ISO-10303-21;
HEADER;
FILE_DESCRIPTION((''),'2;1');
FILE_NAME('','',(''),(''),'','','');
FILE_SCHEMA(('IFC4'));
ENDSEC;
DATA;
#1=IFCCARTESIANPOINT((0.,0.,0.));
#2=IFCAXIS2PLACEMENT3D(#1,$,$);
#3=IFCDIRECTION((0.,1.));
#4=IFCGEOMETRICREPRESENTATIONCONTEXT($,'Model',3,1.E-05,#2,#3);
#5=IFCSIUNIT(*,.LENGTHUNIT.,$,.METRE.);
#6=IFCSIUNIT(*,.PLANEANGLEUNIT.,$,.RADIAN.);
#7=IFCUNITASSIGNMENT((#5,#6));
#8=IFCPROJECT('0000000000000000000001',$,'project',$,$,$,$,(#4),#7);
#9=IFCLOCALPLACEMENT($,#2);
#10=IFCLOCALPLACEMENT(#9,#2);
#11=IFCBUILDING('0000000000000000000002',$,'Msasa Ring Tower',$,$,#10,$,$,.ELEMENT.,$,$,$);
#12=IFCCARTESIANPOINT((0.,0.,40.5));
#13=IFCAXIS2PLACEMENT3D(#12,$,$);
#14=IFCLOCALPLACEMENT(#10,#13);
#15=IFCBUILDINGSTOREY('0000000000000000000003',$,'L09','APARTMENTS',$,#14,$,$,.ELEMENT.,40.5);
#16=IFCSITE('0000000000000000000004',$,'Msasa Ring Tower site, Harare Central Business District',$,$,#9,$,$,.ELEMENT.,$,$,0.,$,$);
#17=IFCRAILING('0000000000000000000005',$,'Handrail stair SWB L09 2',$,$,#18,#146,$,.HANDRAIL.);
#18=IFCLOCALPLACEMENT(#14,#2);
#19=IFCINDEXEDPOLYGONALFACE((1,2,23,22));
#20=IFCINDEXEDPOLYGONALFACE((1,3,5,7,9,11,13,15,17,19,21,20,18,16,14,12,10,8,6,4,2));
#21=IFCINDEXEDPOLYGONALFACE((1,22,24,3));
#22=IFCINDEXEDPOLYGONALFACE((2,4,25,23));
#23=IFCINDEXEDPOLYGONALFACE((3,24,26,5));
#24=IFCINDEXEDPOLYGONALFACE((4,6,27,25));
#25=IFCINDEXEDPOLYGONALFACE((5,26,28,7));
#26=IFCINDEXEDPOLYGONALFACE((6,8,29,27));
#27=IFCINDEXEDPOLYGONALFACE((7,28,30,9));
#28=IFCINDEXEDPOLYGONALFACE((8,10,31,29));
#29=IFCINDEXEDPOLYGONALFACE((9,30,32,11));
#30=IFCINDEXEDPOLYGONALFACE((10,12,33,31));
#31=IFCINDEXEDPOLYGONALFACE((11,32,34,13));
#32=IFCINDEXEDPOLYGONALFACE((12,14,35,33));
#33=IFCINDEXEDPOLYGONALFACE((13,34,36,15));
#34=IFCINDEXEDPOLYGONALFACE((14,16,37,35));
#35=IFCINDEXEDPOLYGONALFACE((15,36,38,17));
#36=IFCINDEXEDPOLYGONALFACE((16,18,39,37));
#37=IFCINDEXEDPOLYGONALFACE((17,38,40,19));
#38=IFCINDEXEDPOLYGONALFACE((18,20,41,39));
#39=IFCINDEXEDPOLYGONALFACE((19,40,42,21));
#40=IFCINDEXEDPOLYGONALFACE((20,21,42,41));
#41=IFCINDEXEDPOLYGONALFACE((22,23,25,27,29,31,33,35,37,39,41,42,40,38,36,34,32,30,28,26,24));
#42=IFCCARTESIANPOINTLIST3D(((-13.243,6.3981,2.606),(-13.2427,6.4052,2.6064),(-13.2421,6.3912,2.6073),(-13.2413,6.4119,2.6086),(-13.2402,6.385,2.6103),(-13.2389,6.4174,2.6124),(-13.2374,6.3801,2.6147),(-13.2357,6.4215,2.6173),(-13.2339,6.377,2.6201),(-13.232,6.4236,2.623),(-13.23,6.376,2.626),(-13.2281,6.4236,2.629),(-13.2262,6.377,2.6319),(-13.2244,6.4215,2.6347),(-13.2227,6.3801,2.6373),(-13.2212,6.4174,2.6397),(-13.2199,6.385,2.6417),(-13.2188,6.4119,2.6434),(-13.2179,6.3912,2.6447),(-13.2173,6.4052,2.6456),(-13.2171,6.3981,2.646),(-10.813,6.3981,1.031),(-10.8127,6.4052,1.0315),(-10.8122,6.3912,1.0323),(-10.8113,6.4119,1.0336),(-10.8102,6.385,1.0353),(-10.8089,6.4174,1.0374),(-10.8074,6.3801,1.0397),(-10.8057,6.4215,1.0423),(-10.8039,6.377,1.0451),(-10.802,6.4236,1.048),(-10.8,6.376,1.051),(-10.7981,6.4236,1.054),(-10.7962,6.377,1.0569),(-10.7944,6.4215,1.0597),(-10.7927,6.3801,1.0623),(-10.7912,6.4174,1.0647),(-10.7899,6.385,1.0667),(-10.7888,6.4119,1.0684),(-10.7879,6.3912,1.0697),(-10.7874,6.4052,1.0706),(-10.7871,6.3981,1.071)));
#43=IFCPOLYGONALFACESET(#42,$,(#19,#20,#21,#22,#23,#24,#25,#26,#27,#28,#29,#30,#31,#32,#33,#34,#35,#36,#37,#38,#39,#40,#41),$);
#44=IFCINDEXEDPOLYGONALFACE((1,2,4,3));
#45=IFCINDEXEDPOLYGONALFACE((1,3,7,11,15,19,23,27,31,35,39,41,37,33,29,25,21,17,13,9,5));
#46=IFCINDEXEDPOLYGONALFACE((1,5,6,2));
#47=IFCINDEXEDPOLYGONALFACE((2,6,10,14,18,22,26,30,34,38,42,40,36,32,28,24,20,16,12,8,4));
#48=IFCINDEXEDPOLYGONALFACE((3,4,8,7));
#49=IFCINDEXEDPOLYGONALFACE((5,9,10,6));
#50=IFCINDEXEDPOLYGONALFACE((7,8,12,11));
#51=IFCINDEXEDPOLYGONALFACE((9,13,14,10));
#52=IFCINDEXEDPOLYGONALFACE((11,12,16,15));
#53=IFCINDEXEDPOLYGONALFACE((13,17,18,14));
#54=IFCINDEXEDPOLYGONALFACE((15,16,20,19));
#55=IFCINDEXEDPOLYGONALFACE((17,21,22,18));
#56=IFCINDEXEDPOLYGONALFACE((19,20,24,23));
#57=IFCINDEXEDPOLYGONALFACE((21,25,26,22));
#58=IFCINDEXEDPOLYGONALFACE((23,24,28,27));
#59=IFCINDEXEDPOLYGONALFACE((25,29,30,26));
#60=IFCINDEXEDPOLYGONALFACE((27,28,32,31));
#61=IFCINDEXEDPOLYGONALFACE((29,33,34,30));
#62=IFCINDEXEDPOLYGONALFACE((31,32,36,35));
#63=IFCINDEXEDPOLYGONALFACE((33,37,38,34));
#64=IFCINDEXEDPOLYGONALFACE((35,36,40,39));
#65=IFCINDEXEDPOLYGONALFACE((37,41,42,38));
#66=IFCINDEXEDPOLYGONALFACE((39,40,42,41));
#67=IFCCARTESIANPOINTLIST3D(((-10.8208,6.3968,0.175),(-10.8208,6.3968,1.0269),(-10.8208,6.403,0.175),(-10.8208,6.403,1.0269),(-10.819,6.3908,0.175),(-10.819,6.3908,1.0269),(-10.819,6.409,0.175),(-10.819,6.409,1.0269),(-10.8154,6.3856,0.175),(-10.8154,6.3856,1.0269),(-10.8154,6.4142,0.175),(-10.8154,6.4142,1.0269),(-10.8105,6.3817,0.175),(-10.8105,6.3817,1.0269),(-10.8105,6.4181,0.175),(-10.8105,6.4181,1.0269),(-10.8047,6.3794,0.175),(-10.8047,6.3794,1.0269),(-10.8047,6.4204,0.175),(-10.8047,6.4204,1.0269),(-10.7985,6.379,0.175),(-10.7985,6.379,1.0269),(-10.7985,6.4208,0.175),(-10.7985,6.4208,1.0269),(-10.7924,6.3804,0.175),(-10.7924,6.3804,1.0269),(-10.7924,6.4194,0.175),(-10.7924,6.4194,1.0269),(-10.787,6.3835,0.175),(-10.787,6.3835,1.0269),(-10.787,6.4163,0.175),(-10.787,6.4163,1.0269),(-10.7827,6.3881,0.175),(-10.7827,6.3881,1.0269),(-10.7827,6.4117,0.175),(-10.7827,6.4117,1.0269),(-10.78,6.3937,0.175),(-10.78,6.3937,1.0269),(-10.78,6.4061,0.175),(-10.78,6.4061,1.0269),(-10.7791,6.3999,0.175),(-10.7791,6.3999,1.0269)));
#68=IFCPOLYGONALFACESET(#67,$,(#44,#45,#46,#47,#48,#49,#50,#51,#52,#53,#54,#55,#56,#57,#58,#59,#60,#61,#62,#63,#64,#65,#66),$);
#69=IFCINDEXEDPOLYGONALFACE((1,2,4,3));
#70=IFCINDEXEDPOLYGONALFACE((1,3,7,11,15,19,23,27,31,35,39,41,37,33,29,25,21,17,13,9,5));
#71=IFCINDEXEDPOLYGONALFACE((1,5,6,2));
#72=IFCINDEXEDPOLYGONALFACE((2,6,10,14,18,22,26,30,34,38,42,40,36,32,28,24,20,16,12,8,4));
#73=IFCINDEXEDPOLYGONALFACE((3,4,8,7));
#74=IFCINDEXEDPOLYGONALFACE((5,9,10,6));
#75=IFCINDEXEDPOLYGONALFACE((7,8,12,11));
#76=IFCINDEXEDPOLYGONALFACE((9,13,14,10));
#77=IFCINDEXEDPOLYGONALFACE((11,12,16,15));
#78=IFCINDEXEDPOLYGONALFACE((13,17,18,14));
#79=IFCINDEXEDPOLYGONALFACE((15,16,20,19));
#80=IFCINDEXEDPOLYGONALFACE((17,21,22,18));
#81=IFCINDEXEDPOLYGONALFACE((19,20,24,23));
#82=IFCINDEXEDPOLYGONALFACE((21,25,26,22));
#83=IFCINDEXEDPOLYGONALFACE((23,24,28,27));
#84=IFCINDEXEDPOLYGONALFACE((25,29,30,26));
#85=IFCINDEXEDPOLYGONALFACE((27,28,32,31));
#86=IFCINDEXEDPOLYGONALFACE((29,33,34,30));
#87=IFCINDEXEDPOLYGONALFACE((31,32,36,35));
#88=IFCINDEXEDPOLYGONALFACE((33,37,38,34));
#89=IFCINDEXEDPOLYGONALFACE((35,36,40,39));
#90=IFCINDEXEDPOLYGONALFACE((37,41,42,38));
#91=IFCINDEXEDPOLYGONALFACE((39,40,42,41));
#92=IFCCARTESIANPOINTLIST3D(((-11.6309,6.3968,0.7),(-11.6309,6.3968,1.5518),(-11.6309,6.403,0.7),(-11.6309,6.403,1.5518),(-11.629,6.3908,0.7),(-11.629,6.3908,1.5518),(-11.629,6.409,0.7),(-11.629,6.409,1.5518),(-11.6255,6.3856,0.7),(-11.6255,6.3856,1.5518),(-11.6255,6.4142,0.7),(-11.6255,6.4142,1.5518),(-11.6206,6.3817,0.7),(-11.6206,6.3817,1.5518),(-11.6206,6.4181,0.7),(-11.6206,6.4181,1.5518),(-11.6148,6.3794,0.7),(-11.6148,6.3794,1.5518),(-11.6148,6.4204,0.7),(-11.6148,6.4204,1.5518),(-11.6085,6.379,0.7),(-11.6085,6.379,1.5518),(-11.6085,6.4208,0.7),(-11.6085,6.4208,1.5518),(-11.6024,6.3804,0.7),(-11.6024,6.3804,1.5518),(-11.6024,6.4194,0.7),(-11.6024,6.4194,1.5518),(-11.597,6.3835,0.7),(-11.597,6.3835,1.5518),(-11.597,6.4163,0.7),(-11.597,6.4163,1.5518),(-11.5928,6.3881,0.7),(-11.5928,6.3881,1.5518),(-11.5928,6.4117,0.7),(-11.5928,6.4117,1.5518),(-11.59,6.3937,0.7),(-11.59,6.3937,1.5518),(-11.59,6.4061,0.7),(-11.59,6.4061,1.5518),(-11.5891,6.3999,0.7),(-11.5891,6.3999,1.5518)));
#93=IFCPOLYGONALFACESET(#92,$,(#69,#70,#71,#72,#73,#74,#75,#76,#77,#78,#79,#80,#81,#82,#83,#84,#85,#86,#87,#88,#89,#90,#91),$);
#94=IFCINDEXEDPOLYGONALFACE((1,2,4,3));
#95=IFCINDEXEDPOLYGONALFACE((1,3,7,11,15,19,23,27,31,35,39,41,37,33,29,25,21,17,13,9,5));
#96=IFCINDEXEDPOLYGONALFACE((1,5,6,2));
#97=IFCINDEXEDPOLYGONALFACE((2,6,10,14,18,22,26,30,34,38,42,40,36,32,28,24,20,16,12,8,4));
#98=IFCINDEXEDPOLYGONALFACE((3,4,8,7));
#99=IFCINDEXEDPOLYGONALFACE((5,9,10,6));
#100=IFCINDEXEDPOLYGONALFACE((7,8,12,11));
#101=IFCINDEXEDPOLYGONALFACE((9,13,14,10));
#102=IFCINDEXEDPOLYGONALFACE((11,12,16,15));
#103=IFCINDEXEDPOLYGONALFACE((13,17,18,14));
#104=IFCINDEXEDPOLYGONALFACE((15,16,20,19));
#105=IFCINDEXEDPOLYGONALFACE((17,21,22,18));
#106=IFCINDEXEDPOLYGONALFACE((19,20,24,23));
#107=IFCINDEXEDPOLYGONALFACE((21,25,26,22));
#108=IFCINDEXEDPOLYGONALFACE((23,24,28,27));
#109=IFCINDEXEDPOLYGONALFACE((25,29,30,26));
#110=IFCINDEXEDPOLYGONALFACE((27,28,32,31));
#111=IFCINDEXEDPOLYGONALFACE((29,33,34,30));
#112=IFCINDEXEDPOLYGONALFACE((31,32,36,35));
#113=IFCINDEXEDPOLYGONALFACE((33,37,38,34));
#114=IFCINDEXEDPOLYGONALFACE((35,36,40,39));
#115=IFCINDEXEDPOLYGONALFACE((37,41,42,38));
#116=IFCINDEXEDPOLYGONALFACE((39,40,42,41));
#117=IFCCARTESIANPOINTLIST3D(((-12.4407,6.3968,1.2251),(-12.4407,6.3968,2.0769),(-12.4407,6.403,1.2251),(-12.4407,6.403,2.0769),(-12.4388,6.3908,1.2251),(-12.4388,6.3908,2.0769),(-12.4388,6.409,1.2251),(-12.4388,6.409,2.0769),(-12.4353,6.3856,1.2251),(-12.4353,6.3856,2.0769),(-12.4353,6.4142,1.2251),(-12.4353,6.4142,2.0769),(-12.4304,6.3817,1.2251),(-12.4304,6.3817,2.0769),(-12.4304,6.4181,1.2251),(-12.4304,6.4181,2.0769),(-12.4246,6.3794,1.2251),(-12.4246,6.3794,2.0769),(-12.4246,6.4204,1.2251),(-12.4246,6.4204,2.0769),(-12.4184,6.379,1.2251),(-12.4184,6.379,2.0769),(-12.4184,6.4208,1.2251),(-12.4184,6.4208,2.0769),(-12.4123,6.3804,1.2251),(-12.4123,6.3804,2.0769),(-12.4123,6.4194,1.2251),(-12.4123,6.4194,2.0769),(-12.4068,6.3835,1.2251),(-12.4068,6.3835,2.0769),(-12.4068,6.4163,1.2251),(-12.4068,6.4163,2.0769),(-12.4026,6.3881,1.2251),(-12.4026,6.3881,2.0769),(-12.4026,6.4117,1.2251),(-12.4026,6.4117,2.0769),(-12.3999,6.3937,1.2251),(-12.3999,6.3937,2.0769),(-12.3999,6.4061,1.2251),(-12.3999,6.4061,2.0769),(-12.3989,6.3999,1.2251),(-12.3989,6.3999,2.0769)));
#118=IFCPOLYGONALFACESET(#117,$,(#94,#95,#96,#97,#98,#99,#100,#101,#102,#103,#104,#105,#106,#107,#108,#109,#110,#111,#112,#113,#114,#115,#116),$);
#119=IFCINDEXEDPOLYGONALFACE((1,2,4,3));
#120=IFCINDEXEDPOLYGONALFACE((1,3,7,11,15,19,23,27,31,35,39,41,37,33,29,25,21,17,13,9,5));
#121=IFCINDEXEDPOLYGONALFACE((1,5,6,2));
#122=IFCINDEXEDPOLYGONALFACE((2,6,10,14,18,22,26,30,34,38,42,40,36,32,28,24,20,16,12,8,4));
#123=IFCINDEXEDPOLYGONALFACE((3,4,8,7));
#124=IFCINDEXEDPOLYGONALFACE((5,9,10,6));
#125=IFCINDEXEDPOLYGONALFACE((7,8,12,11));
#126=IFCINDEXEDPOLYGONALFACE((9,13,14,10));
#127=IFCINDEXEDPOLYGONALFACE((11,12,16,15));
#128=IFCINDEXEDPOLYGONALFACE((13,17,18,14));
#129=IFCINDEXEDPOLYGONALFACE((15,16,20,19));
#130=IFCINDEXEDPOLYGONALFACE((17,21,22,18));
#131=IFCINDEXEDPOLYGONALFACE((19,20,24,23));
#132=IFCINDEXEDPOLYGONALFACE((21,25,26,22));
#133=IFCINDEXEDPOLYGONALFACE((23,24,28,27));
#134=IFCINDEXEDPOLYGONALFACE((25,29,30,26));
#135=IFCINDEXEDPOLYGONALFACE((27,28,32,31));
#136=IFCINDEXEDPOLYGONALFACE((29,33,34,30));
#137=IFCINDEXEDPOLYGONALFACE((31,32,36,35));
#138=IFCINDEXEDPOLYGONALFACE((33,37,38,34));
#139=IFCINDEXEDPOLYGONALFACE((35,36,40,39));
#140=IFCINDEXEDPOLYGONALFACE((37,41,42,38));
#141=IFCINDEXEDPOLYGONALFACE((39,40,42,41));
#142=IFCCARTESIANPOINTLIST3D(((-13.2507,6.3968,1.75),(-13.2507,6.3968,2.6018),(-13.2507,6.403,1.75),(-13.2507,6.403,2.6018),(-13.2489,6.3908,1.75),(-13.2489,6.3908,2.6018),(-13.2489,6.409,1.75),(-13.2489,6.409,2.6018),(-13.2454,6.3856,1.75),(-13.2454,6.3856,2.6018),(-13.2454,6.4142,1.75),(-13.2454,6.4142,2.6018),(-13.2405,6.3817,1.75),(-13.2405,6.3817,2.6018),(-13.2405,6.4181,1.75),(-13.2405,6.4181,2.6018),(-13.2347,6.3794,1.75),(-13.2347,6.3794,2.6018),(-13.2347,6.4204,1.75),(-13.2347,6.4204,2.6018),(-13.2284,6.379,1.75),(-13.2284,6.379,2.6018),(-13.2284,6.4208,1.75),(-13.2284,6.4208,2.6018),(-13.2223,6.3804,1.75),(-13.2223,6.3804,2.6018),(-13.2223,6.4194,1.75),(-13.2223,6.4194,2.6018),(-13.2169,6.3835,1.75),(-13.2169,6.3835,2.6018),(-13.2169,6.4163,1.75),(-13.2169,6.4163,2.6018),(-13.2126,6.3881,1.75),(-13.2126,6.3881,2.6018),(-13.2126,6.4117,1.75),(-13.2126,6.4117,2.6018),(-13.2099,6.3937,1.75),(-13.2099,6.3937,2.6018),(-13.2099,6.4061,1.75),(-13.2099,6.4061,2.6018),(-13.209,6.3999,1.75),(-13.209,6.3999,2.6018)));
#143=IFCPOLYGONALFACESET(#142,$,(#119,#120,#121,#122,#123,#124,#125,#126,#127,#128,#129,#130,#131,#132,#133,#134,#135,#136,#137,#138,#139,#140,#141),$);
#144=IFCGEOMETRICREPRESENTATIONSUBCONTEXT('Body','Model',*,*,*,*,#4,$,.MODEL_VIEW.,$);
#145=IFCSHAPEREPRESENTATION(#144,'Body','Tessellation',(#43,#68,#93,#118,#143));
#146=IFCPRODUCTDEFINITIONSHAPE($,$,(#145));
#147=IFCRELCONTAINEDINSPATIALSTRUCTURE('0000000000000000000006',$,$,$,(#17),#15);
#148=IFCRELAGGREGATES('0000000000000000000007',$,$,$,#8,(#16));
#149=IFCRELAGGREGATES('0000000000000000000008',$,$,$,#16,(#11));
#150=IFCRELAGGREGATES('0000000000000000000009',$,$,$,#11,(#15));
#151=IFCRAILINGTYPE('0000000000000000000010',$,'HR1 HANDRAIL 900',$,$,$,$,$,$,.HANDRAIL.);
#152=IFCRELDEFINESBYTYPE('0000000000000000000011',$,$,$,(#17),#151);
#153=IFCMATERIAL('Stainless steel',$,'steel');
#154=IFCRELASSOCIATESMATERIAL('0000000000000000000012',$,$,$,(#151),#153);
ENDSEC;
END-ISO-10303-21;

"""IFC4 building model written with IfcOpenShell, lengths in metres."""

from ifc_helpers import new_model, si_unit, direction, frame, origin, origin_2d, place, context, subcontext, project, spatial, circle, extrude, material, type_object, element, save


model = new_model("IFC4")

# Units and contexts
model_context = context("Model", 3, precision=1e-05, world=origin(), true_north=direction((0.0, 1.0)))
body_context = subcontext(model_context, "Body", "Model", "MODEL_VIEW")
ifc_project = project(units=[si_unit("LENGTHUNIT", "METRE"), si_unit("PLANEANGLEUNIT", "RADIAN")], contexts=[model_context])

# Site, building, storey
site_placement = place(None, origin())
site = spatial("IfcSite", under=ifc_project, at=site_placement, Name="Msasa Ring Tower site, Harare Central Business District", CompositionType="ELEMENT", RefElevation=0.0)
building_placement = place(site_placement, origin())
building = spatial("IfcBuilding", under=site, at=building_placement, Name="Msasa Ring Tower", CompositionType="ELEMENT")
storey_placement = place(building_placement, frame((0.0, 0.0, 40.5)))
storey = spatial("IfcBuildingStorey", under=building, at=storey_placement, Name="L09", Description="APARTMENTS", CompositionType="ELEMENT", Elevation=40.5)

# Railing
ifc_material_1 = material(Name="Stainless steel", Category="steel")
railing_type = type_object("IfcRailingType", Name="HR1 HANDRAIL 900", PredefinedType="HANDRAIL", material=ifc_material_1)
for number, where, name in (
    (1, (-10.8, 6.3999, 0.175), "Handrail stair SWB L09 2"),
):
    element("IfcRailing", number, at=place(storey_placement, frame(where)), inside=storey, type_object=railing_type, Name=name, PredefinedType="HANDRAIL", context=body_context, shape_type="SweptSolid", body=[
        extrude(circle(Radius=0.0239, at=origin_2d()), frame((0.0, 0.0, 0.876), z_axis=(-0.839154, 0.0, 0.543894), x_axis=(0.0, -1.0, 0.0)), (0.0, 0.0, 1.0), 2.8958),
        extrude(circle(Radius=0.021, at=origin_2d()), origin(), (0.0, 0.0, 1.0), 0.8518),
        extrude(circle(Radius=0.021, at=origin_2d()), frame((-0.8101, 0.0, 0.5249)), (0.0, 0.0, 1.0), 0.8518),
        extrude(circle(Radius=0.021, at=origin_2d()), frame((-1.6199, 0.0, 1.05)), (0.0, 0.0, 1.0), 0.8518),
        extrude(circle(Radius=0.021, at=origin_2d()), frame((-2.4299, 0.0, 1.575)), (0.0, 0.0, 1.0), 0.8518),
    ])

save(model, "model.ifc")
